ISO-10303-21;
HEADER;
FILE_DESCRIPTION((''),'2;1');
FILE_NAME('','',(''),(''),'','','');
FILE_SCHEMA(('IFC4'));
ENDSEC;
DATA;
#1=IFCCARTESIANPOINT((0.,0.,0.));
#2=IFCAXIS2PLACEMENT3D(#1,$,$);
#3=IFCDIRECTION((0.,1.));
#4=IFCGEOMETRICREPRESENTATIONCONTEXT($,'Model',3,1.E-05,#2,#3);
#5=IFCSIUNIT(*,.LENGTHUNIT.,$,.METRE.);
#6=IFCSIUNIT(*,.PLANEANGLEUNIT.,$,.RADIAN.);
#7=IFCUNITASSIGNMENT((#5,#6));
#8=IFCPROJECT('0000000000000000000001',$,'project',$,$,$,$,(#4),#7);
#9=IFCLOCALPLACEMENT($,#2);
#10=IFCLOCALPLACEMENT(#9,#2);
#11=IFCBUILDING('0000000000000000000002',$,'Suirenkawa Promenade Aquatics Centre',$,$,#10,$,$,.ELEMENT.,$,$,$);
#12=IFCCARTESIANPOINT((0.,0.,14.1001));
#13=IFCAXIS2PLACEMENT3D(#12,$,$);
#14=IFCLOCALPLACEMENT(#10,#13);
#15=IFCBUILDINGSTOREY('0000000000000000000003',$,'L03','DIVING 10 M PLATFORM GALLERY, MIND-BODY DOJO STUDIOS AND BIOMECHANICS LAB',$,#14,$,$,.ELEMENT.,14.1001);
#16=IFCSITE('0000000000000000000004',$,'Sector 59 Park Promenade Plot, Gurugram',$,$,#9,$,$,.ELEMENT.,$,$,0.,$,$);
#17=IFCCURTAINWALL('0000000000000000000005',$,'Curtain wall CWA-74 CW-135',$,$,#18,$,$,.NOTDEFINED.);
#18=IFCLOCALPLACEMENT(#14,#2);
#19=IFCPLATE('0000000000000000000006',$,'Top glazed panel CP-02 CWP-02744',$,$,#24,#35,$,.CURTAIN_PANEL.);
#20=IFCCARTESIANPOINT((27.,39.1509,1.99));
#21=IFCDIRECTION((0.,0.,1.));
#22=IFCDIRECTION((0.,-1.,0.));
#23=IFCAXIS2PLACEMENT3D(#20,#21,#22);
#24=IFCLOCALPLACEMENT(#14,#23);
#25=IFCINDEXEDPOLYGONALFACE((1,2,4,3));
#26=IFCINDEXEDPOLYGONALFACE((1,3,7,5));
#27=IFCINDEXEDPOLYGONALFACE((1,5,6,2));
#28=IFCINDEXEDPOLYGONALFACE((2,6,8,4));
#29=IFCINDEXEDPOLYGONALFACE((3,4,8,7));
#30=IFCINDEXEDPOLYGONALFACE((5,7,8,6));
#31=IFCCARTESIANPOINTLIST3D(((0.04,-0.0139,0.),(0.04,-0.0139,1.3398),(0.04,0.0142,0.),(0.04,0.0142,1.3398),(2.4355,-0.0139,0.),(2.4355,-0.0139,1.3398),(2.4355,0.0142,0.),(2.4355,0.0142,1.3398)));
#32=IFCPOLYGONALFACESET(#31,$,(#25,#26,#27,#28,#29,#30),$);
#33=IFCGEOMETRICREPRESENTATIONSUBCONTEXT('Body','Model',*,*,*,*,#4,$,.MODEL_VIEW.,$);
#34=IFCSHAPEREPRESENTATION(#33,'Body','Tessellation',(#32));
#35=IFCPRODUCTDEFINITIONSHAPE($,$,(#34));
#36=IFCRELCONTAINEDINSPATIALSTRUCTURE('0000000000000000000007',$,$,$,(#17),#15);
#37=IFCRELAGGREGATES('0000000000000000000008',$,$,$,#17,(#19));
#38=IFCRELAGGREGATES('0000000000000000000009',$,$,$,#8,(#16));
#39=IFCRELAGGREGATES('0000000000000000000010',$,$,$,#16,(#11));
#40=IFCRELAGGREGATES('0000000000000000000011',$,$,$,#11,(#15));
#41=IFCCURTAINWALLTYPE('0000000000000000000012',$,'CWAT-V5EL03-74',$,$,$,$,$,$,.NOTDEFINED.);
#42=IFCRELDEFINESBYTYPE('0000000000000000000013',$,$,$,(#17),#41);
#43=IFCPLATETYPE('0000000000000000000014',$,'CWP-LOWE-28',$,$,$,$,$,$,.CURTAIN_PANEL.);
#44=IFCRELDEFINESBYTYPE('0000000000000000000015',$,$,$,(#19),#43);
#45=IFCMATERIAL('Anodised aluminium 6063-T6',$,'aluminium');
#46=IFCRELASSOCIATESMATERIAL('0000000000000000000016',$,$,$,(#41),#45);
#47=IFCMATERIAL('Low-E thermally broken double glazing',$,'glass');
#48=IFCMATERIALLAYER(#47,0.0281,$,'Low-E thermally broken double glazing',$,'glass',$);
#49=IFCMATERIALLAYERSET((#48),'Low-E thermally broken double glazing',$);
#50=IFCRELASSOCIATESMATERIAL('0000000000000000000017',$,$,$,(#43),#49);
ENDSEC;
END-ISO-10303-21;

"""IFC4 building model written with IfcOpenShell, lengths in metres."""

from ifc_helpers import new_model, si_unit, direction, frame, origin, place, context, subcontext, project, spatial, polyline, outline, extrude, material, layer, layer_set, type_object, element, aggregate, save


model = new_model("IFC4")

# Units and contexts
model_context = context("Model", 3, precision=1e-05, world=origin(), true_north=direction((0.0, 1.0)))
body_context = subcontext(model_context, "Body", "Model", "MODEL_VIEW")
ifc_project = project(units=[si_unit("LENGTHUNIT", "METRE"), si_unit("PLANEANGLEUNIT", "RADIAN")], contexts=[model_context])

# Site, building, storey
site_placement = place(None, origin())
site = spatial("IfcSite", under=ifc_project, at=site_placement, Name="Sector 59 Park Promenade Plot, Gurugram", CompositionType="ELEMENT", RefElevation=0.0)
building_placement = place(site_placement, origin())
building = spatial("IfcBuilding", under=site, at=building_placement, Name="Suirenkawa Promenade Aquatics Centre", CompositionType="ELEMENT")
storey_placement = place(building_placement, frame((0.0, 0.0, 14.1001)))
storey = spatial("IfcBuildingStorey", under=building, at=storey_placement, Name="L03", Description="DIVING 10 M PLATFORM GALLERY, MIND-BODY DOJO STUDIOS AND BIOMECHANICS LAB", CompositionType="ELEMENT", Elevation=14.1001)

# Curtain wall
ifc_material_1 = material(Name="Anodised aluminium 6063-T6", Category="aluminium")
curtain_wall_type_1 = type_object("IfcCurtainWallType", Name="CWAT-V5EL03-74", PredefinedType="NOTDEFINED", material=ifc_material_1)
curtain_wall_1_placement = place(storey_placement, origin())
curtain_wall_1 = element("IfcCurtainWall", 1, at=curtain_wall_1_placement, inside=storey, type_object=curtain_wall_type_1, Name="Curtain wall CWA-74 CW-135", PredefinedType="NOTDEFINED")

# Plate
ifc_material_2 = material(Name="Low-E thermally broken double glazing", Category="glass")
ifc_layer_1 = layer(ifc_material_2, 0.0281, Name="Low-E thermally broken double glazing", Category="glass")
ifc_layer_set_1 = layer_set([ifc_layer_1], Name="Low-E thermally broken double glazing")
plate_type = type_object("IfcPlateType", Name="CWP-LOWE-28", PredefinedType="CURTAIN_PANEL", material=ifc_layer_set_1)
plate_1_placement = place(storey_placement, frame((27.0, 39.1509, 1.99), z_axis=(0.0, 0.0, 1.0), x_axis=(0.0, -1.0, 0.0)))
plate_1 = element("IfcPlate", 2, at=plate_1_placement, type_object=plate_type, Name="Top glazed panel CP-02 CWP-02744", PredefinedType="CURTAIN_PANEL", context=body_context, shape_type="SweptSolid", body=[
    extrude(outline(polyline([(0.04, 0.0), (2.4355, 0.0), (2.4355, 1.3398), (0.04, 1.3398), (0.04, 0.0)])), frame((0.0, 0.0142, 0.0), z_axis=(0.0, -1.0, 0.0), x_axis=(1.0, 0.0, 0.0)), (0.0, 0.0, 1.0), 0.0281),
])
aggregate(curtain_wall_1, [plate_1])

save(model, "model.ifc")
